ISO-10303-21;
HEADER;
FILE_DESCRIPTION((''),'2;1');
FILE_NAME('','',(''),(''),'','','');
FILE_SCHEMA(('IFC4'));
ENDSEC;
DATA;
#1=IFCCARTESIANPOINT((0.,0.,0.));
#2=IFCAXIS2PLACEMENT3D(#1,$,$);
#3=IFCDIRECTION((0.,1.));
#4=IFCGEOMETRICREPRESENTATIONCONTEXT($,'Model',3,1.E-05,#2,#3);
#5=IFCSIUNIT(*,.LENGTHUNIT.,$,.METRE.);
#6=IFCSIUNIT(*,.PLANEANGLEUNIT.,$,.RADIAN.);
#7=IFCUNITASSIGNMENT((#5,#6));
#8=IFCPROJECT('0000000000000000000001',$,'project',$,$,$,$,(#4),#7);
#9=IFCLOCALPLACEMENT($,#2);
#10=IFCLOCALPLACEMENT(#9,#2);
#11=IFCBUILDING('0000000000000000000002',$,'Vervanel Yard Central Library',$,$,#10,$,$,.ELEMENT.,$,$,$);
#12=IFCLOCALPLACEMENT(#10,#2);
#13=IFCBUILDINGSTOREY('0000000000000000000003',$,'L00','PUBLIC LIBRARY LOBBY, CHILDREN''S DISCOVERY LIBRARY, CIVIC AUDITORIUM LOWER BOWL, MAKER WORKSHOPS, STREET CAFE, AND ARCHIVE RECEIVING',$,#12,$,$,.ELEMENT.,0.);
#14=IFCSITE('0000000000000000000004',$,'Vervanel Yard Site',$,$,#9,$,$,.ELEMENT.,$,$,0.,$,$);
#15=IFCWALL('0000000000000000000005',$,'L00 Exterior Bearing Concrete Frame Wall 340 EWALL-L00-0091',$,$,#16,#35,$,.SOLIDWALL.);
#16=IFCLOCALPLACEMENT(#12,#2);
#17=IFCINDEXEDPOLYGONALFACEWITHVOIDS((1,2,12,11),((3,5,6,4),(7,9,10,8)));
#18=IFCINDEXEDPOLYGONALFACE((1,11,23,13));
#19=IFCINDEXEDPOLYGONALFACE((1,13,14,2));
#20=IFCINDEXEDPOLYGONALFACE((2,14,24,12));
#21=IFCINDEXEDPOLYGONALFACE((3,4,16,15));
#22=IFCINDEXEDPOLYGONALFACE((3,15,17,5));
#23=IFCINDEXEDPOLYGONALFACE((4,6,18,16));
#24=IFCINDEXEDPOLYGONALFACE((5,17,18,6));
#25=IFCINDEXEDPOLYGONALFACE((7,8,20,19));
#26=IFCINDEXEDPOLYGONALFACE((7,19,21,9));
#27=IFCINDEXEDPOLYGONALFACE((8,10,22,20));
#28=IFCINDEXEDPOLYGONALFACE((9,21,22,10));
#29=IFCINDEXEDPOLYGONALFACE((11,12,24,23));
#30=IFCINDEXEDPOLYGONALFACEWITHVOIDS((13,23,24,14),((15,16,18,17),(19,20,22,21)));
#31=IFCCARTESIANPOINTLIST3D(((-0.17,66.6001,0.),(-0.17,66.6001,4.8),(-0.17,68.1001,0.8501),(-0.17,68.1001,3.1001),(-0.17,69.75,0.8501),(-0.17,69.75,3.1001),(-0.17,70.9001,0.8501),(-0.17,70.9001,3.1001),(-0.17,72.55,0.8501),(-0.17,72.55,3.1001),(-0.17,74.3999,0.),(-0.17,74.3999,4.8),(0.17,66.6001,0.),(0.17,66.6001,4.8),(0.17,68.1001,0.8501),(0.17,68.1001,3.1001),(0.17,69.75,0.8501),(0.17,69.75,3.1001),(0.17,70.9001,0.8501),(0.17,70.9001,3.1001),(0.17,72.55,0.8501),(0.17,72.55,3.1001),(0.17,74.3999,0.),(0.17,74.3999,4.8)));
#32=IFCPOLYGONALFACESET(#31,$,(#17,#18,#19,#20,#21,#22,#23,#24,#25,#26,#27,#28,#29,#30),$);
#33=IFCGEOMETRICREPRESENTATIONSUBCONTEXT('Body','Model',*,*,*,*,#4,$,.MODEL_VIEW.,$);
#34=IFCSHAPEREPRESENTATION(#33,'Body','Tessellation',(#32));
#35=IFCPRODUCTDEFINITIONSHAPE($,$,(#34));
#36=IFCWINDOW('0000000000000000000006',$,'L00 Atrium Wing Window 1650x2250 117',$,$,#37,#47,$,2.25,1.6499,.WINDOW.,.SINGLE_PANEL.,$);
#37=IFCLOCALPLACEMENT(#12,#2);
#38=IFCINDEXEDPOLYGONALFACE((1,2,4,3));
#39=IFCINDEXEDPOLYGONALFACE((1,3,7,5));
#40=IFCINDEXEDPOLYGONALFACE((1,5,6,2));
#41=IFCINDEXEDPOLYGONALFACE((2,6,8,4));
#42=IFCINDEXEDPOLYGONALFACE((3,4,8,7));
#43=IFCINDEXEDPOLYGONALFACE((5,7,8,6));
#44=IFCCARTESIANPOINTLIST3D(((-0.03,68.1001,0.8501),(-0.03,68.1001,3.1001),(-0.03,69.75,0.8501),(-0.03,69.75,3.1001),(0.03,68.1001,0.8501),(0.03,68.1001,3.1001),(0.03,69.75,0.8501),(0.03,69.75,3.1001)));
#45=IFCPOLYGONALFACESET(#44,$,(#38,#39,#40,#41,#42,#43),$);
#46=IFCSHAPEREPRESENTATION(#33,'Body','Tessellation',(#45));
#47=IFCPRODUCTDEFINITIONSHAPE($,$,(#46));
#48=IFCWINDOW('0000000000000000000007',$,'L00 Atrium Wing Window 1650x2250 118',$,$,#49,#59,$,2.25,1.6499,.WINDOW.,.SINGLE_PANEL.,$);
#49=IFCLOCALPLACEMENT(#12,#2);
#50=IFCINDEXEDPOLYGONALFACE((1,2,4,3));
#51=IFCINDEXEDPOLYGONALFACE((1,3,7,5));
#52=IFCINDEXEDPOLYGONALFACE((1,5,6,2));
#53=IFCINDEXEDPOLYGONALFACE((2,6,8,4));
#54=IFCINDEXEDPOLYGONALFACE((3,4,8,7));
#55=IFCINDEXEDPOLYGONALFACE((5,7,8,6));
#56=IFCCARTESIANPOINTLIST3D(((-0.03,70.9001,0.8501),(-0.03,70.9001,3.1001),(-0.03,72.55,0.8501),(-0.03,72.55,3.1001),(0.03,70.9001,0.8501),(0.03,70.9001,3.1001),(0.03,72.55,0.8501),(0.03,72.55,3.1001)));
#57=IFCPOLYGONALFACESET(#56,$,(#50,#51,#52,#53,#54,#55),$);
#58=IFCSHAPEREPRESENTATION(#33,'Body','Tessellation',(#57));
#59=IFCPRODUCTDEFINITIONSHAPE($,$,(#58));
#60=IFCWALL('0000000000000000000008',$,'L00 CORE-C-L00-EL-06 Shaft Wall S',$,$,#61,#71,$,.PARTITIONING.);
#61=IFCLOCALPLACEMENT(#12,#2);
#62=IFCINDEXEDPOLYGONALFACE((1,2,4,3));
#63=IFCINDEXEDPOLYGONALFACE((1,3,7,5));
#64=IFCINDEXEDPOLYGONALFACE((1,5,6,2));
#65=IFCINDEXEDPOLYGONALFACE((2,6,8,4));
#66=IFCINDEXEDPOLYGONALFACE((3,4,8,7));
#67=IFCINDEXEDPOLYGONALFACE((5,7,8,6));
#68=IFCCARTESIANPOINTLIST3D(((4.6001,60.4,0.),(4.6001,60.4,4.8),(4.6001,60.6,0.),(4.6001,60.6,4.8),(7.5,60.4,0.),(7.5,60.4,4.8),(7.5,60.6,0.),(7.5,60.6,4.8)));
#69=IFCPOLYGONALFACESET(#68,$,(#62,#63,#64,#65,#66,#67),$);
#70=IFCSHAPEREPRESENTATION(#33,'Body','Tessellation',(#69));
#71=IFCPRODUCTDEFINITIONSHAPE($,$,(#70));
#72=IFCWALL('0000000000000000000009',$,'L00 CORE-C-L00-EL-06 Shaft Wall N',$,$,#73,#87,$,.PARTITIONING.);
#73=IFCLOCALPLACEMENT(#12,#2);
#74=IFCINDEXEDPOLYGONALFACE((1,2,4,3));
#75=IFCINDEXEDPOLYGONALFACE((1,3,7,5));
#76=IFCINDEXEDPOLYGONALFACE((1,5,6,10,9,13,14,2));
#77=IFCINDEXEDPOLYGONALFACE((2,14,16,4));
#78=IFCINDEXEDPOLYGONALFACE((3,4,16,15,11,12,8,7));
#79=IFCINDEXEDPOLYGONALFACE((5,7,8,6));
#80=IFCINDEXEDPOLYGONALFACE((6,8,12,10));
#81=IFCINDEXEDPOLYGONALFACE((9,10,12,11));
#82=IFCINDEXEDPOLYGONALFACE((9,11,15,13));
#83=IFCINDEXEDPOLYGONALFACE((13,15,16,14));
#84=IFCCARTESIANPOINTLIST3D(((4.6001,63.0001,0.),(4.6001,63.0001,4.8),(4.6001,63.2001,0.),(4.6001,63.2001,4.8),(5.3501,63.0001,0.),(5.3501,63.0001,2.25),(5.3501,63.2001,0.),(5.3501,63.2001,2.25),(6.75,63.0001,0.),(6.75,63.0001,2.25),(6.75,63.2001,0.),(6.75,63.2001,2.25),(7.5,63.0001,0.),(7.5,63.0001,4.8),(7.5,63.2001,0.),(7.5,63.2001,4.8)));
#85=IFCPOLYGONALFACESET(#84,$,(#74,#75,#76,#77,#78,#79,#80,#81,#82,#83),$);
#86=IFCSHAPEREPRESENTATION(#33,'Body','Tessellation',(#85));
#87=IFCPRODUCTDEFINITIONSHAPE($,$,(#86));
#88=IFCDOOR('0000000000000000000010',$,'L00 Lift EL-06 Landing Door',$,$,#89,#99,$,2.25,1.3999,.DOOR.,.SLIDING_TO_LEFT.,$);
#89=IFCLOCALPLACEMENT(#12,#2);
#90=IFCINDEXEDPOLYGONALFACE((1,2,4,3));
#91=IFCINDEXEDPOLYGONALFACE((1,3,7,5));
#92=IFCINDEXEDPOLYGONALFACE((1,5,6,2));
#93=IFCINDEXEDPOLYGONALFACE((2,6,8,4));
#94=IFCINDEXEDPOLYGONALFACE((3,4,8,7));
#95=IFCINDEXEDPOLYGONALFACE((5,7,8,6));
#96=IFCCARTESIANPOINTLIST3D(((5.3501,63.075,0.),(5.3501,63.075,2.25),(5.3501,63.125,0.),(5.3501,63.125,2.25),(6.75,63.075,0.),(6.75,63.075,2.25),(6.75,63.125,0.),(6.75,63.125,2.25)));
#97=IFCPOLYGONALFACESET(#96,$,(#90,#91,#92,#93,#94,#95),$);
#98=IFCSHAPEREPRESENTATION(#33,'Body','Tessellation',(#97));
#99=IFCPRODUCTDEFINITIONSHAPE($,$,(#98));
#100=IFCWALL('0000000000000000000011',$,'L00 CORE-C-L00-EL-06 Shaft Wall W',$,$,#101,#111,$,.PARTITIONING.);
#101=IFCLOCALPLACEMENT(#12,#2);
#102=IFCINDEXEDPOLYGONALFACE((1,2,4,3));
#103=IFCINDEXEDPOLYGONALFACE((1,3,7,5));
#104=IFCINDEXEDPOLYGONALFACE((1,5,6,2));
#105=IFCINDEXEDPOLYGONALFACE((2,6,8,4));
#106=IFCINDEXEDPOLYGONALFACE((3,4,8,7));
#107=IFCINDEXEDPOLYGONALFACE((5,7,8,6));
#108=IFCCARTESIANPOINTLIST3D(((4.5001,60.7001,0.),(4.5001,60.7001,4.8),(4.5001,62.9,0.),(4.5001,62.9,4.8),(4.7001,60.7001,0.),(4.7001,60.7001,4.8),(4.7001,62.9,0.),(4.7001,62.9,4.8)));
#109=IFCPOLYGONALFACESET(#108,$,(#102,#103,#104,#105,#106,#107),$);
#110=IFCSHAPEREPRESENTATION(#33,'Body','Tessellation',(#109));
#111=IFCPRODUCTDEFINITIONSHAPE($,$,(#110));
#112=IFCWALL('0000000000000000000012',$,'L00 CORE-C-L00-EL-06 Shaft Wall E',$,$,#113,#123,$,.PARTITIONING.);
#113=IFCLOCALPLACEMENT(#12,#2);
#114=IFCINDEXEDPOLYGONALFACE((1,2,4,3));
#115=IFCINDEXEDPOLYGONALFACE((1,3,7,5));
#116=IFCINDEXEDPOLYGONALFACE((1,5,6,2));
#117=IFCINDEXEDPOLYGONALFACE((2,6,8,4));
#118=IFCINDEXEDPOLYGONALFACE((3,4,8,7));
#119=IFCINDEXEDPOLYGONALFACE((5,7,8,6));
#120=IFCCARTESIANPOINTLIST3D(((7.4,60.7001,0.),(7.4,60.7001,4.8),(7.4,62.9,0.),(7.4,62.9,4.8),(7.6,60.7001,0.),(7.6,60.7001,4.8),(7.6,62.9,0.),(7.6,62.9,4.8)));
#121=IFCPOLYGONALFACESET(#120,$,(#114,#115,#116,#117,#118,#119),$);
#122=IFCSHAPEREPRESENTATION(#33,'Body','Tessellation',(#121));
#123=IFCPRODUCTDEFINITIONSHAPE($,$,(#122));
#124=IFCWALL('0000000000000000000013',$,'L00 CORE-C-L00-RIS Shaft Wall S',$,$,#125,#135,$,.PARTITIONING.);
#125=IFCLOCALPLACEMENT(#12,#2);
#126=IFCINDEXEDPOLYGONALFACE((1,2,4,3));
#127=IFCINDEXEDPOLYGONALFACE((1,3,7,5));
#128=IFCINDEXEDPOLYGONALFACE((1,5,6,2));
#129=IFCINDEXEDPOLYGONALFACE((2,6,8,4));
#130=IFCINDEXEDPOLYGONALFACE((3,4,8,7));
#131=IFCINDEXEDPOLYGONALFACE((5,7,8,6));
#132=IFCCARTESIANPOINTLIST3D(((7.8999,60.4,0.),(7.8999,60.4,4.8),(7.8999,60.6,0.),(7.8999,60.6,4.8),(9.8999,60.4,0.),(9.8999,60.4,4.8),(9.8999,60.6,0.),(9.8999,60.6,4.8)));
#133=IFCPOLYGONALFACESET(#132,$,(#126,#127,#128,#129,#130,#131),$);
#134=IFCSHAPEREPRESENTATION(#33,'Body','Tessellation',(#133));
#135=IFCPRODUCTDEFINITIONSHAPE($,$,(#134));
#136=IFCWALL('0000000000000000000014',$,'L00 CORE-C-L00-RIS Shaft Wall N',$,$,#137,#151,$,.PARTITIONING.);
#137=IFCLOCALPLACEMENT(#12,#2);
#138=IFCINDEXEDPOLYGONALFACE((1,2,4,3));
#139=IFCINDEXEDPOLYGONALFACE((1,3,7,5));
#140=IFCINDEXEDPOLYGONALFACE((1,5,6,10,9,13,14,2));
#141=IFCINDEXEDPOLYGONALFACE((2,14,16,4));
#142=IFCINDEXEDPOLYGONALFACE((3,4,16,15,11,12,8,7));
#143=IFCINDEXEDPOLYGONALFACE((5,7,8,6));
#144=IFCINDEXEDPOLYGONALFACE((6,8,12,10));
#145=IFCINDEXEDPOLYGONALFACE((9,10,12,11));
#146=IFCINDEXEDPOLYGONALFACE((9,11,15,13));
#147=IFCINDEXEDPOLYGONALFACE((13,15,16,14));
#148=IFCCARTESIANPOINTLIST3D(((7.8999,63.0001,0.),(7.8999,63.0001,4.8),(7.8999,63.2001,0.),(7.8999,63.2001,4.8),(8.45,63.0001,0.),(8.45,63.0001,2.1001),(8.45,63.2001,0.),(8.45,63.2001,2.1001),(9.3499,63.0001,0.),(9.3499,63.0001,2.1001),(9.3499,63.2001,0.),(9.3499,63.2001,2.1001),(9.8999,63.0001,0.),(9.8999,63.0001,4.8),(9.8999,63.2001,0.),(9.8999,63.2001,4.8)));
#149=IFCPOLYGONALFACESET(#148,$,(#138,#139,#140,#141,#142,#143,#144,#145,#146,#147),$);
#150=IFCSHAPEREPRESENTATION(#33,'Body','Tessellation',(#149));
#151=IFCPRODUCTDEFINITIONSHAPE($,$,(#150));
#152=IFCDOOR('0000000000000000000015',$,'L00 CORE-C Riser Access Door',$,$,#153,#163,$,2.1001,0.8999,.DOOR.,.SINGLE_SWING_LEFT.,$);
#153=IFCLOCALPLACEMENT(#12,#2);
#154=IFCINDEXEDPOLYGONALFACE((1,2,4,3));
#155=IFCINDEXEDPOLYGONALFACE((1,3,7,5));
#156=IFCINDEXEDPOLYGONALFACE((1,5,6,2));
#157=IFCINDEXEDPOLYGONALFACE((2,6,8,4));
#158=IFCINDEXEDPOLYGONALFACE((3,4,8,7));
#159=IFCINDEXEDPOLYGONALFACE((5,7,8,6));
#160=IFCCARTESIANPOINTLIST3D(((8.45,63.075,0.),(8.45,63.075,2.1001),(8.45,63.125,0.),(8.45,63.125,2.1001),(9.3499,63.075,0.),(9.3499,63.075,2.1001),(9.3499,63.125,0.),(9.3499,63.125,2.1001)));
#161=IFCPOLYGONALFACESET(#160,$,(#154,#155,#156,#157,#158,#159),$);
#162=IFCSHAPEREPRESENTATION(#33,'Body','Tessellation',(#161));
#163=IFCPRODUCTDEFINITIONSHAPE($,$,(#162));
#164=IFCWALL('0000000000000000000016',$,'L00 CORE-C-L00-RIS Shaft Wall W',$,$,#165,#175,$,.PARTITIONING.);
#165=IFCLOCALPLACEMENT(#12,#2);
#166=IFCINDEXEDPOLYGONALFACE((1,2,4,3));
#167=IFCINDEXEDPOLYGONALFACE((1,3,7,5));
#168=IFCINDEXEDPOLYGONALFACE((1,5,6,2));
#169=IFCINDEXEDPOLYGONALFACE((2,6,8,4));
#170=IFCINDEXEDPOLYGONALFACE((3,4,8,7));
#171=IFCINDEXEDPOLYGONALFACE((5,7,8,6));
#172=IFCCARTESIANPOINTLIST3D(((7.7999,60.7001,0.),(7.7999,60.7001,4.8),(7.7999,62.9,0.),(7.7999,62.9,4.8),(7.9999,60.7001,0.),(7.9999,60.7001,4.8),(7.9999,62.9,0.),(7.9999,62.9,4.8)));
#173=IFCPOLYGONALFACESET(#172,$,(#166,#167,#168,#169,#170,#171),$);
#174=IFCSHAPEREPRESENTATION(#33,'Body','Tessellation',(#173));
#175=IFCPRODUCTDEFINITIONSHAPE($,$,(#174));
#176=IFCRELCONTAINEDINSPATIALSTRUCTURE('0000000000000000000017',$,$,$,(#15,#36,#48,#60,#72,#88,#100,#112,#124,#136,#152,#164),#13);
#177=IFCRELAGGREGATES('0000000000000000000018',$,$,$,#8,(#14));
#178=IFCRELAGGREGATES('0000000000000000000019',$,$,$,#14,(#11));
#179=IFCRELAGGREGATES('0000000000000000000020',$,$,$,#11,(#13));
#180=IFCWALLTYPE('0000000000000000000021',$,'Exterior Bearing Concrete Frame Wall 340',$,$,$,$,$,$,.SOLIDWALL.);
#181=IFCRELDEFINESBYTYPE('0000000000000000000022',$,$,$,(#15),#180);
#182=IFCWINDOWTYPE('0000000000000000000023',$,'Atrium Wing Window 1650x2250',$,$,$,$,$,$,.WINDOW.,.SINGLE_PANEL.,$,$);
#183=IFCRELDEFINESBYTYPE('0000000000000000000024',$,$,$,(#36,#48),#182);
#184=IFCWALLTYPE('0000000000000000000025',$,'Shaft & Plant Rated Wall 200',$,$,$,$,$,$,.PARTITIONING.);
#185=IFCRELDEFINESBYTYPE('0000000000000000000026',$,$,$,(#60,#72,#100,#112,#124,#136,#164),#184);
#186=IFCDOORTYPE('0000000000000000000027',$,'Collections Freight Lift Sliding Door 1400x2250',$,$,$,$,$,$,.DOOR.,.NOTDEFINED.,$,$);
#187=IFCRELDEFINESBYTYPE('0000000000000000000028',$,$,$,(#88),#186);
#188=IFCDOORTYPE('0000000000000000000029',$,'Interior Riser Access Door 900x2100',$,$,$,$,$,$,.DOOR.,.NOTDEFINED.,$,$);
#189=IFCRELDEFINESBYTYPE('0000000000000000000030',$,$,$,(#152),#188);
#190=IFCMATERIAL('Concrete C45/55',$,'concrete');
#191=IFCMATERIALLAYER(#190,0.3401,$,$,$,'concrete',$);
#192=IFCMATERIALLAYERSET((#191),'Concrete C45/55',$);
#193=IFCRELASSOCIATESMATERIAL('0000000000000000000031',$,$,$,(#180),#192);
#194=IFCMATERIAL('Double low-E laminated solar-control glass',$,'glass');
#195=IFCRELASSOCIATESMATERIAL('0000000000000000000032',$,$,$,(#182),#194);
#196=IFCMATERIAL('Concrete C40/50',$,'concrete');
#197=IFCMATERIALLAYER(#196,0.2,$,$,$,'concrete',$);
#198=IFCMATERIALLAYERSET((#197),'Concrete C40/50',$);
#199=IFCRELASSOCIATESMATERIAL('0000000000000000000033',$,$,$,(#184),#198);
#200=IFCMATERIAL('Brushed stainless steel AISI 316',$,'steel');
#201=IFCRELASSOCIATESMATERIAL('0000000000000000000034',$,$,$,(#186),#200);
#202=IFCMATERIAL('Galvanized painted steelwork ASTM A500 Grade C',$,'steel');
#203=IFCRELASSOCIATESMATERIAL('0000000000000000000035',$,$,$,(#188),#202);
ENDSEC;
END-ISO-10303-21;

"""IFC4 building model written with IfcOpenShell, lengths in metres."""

from ifc_helpers import new_model, si_unit, direction, frame, frame_2d, origin, place, context, subcontext, project, spatial, rectangle, extrude, material, layer, layer_set, type_object, element, fill, save


model = new_model("IFC4")

# Units and contexts
model_context = context("Model", 3, precision=1e-05, world=origin(), true_north=direction((0.0, 1.0)))
body_context = subcontext(model_context, "Body", "Model", "MODEL_VIEW")
ifc_project = project(units=[si_unit("LENGTHUNIT", "METRE"), si_unit("PLANEANGLEUNIT", "RADIAN")], contexts=[model_context])

# Site, building, storey
site_placement = place(None, origin())
site = spatial("IfcSite", under=ifc_project, at=site_placement, Name="Vervanel Yard Site", CompositionType="ELEMENT", RefElevation=0.0)
building_placement = place(site_placement, origin())
building = spatial("IfcBuilding", under=site, at=building_placement, Name="Vervanel Yard Central Library", CompositionType="ELEMENT")
storey_placement = place(building_placement, origin())
storey = spatial("IfcBuildingStorey", under=building, at=storey_placement, Name="L00", Description="PUBLIC LIBRARY LOBBY, CHILDREN'S DISCOVERY LIBRARY, CIVIC AUDITORIUM LOWER BOWL, MAKER WORKSHOPS, STREET CAFE, AND ARCHIVE RECEIVING", CompositionType="ELEMENT", Elevation=0.0)

# Shared definitions
ifc_material_1 = material(Name="Concrete C40/50", Category="concrete")

# Shared definitions
ifc_material_2 = material(Name="Concrete C45/55", Category="concrete")

# Wall, openings, windows
ifc_layer_1 = layer(ifc_material_2, 0.3401, Category="concrete")
ifc_layer_set_1 = layer_set([ifc_layer_1], Name="Concrete C45/55")
wall_type_1 = type_object("IfcWallType", Name="Exterior Bearing Concrete Frame Wall 340", PredefinedType="SOLIDWALL", material=ifc_layer_set_1)
wall_1_placement = place(storey_placement, frame((0.0, 66.6001, 0.0), z_axis=(0.0, 0.0, 1.0), x_axis=(0.0, 1.0, 0.0)))
wall_1 = element("IfcWall", 1, at=wall_1_placement, inside=storey, type_object=wall_type_1, Name="L00 Exterior Bearing Concrete Frame Wall 340 EWALL-L00-0091", PredefinedType="SOLIDWALL", context=body_context, shape_type="SweptSolid", body=[
    extrude(rectangle(XDim=7.7998, YDim=0.3401, at=frame_2d((3.8999, 0.0))), origin(), (0.0, 0.0, 1.0), 4.8),
])
opening_1_placement = place(wall_1_placement, frame((1.5, 0.0, 0.8501)))
opening_1 = element("IfcOpeningElement", 2, at=opening_1_placement, cuts=wall_1, PredefinedType="OPENING", context=body_context, shape_type="SweptSolid", body=[
    extrude(rectangle(XDim=1.6499, YDim=2.25, at=frame_2d((0.825, 1.125))), frame((0.0, 0.1799, 0.0), z_axis=(0.0, -1.0, 0.0), x_axis=(1.0, 0.0, 0.0)), (0.0, 0.0, 1.0), 0.3601),
])
opening_2_placement = place(wall_1_placement, frame((4.3, 0.0, 0.8501)))
opening_2 = element("IfcOpeningElement", 3, at=opening_2_placement, cuts=wall_1, PredefinedType="OPENING", context=body_context, shape_type="SweptSolid", body=[
    extrude(rectangle(XDim=1.6499, YDim=2.25, at=frame_2d((0.825, 1.125))), frame((0.0, 0.1799, 0.0), z_axis=(0.0, -1.0, 0.0), x_axis=(1.0, 0.0, 0.0)), (0.0, 0.0, 1.0), 0.3601),
])
ifc_material_3 = material(Name="Double low-E laminated solar-control glass", Category="glass")
window_type = type_object("IfcWindowType", Name="Atrium Wing Window 1650x2250", PartitioningType="SINGLE_PANEL", PredefinedType="WINDOW", material=ifc_material_3)
window_1_placement = place(opening_1_placement, origin())
window_1 = element("IfcWindow", 4, at=window_1_placement, inside=storey, type_object=window_type, Name="L00 Atrium Wing Window 1650x2250 117", OverallHeight=2.25, OverallWidth=1.6499, PartitioningType="SINGLE_PANEL", PredefinedType="WINDOW", context=body_context, shape_type="SweptSolid", body=[
    extrude(rectangle(XDim=1.6499, YDim=2.25, at=frame_2d((0.825, 1.125))), frame((0.0, 0.03, 0.0), z_axis=(0.0, -1.0, 0.0), x_axis=(1.0, 0.0, 0.0)), (0.0, 0.0, 1.0), 0.0601),
])
fill(opening_1, window_1)
window_2_placement = place(opening_2_placement, origin())
window_2 = element("IfcWindow", 5, at=window_2_placement, inside=storey, type_object=window_type, Name="L00 Atrium Wing Window 1650x2250 118", OverallHeight=2.25, OverallWidth=1.6499, PartitioningType="SINGLE_PANEL", PredefinedType="WINDOW", context=body_context, shape_type="SweptSolid", body=[
    extrude(rectangle(XDim=1.6499, YDim=2.25, at=frame_2d((0.825, 1.125))), frame((0.0, 0.03, 0.0), z_axis=(0.0, -1.0, 0.0), x_axis=(1.0, 0.0, 0.0)), (0.0, 0.0, 1.0), 0.0601),
])
fill(opening_2, window_2)

# Wall
ifc_layer_2 = layer(ifc_material_1, 0.2, Category="concrete")
ifc_layer_set_2 = layer_set([ifc_layer_2], Name="Concrete C40/50")
wall_type_2 = type_object("IfcWallType", Name="Shaft & Plant Rated Wall 200", PredefinedType="PARTITIONING", material=ifc_layer_set_2)
wall_2_placement = place(storey_placement, frame((4.6001, 60.5, 0.0), z_axis=(0.0, 0.0, 1.0), x_axis=(1.0, 0.0, 0.0)))
element("IfcWall", 6, at=wall_2_placement, inside=storey, type_object=wall_type_2, Name="L00 CORE-C-L00-EL-06 Shaft Wall S", PredefinedType="PARTITIONING", context=body_context, shape_type="SweptSolid", body=[
    extrude(rectangle(XDim=2.8999, YDim=0.2, at=frame_2d((1.45, 0.0))), origin(), (0.0, 0.0, 1.0), 4.8),
])

# Wall, opening, door
wall_3_placement = place(storey_placement, frame((4.6001, 63.1001, 0.0), z_axis=(0.0, 0.0, 1.0), x_axis=(1.0, 0.0, 0.0)))
wall_3 = element("IfcWall", 7, at=wall_3_placement, inside=storey, type_object=wall_type_2, Name="L00 CORE-C-L00-EL-06 Shaft Wall N", PredefinedType="PARTITIONING", context=body_context, shape_type="SweptSolid", body=[
    extrude(rectangle(XDim=2.8999, YDim=0.2, at=frame_2d((1.45, 0.0))), origin(), (0.0, 0.0, 1.0), 4.8),
])
opening_3_placement = place(wall_3_placement, frame((0.75, 0.0, 0.0)))
opening_3 = element("IfcOpeningElement", 8, at=opening_3_placement, cuts=wall_3, PredefinedType="OPENING", context=body_context, shape_type="SweptSolid", body=[
    extrude(rectangle(XDim=1.3999, YDim=2.25, at=frame_2d((0.7, 1.125))), frame((0.0, 0.1099, 0.0), z_axis=(0.0, -1.0, 0.0), x_axis=(1.0, 0.0, 0.0)), (0.0, 0.0, 1.0), 0.22),
])
ifc_material_4 = material(Name="Brushed stainless steel AISI 316", Category="steel")
door_type_1 = type_object("IfcDoorType", Name="Collections Freight Lift Sliding Door 1400x2250", OperationType="NOTDEFINED", PredefinedType="DOOR", material=ifc_material_4)
door_1_placement = place(opening_3_placement, origin())
door_1 = element("IfcDoor", 9, at=door_1_placement, inside=storey, type_object=door_type_1, Name="L00 Lift EL-06 Landing Door", OperationType="SLIDING_TO_LEFT", OverallHeight=2.25, OverallWidth=1.3999, PredefinedType="DOOR", context=body_context, shape_type="SweptSolid", body=[
    extrude(rectangle(XDim=1.3999, YDim=2.25, at=frame_2d((0.7, 1.125))), frame((0.0, 0.0249, 0.0), z_axis=(0.0, -1.0, 0.0), x_axis=(1.0, 0.0, 0.0)), (0.0, 0.0, 1.0), 0.05),
])
fill(opening_3, door_1)

# Walls
for number, where, z_axis, x_axis, name in (
    (10, (4.6001, 60.7, 0.0), (0.0, 0.0, 1.0), (0.0, 1.0, 0.0), "L00 CORE-C-L00-EL-06 Shaft Wall W"),
    (11, (7.5, 60.7, 0.0), (0.0, 0.0, 1.0), (0.0, 1.0, 0.0), "L00 CORE-C-L00-EL-06 Shaft Wall E"),
):
    element("IfcWall", number, at=place(storey_placement, frame(where, z_axis=z_axis, x_axis=x_axis)), inside=storey, type_object=wall_type_2, Name=name, PredefinedType="PARTITIONING", context=body_context, shape_type="SweptSolid", body=[
        extrude(rectangle(XDim=2.2, YDim=0.2, at=frame_2d((1.1001, 0.0))), origin(), (0.0, 0.0, 1.0), 4.8),
    ])
wall_4_placement = place(storey_placement, frame((7.8999, 60.5, 0.0), z_axis=(0.0, 0.0, 1.0), x_axis=(1.0, 0.0, 0.0)))
element("IfcWall", 12, at=wall_4_placement, inside=storey, type_object=wall_type_2, Name="L00 CORE-C-L00-RIS Shaft Wall S", PredefinedType="PARTITIONING", context=body_context, shape_type="SweptSolid", body=[
    extrude(rectangle(XDim=2.0, YDim=0.2, at=frame_2d((1.0, 0.0))), origin(), (0.0, 0.0, 1.0), 4.8),
])

# Wall, opening, door
wall_5_placement = place(storey_placement, frame((7.8999, 63.1001, 0.0), z_axis=(0.0, 0.0, 1.0), x_axis=(1.0, 0.0, 0.0)))
wall_5 = element("IfcWall", 13, at=wall_5_placement, inside=storey, type_object=wall_type_2, Name="L00 CORE-C-L00-RIS Shaft Wall N", PredefinedType="PARTITIONING", context=body_context, shape_type="SweptSolid", body=[
    extrude(rectangle(XDim=2.0, YDim=0.2, at=frame_2d((1.0, 0.0))), origin(), (0.0, 0.0, 1.0), 4.8),
])
opening_4_placement = place(wall_5_placement, frame((0.55, 0.0, 0.0)))
opening_4 = element("IfcOpeningElement", 14, at=opening_4_placement, cuts=wall_5, PredefinedType="OPENING", context=body_context, shape_type="SweptSolid", body=[
    extrude(rectangle(XDim=0.8999, YDim=2.1001, at=frame_2d((0.45, 1.05))), frame((0.0, 0.1099, 0.0), z_axis=(0.0, -1.0, 0.0), x_axis=(1.0, 0.0, 0.0)), (0.0, 0.0, 1.0), 0.22),
])
ifc_material_5 = material(Name="Galvanized painted steelwork ASTM A500 Grade C", Category="steel")
door_type_2 = type_object("IfcDoorType", Name="Interior Riser Access Door 900x2100", OperationType="NOTDEFINED", PredefinedType="DOOR", material=ifc_material_5)
door_2_placement = place(opening_4_placement, origin())
door_2 = element("IfcDoor", 15, at=door_2_placement, inside=storey, type_object=door_type_2, Name="L00 CORE-C Riser Access Door", OperationType="SINGLE_SWING_LEFT", OverallHeight=2.1001, OverallWidth=0.8999, PredefinedType="DOOR", context=body_context, shape_type="SweptSolid", body=[
    extrude(rectangle(XDim=0.8999, YDim=2.1001, at=frame_2d((0.45, 1.05))), frame((0.0, 0.0249, 0.0), z_axis=(0.0, -1.0, 0.0), x_axis=(1.0, 0.0, 0.0)), (0.0, 0.0, 1.0), 0.05),
])
fill(opening_4, door_2)

# Wall
wall_6_placement = place(storey_placement, frame((7.8999, 60.7, 0.0), z_axis=(0.0, 0.0, 1.0), x_axis=(0.0, 1.0, 0.0)))
element("IfcWall", 16, at=wall_6_placement, inside=storey, type_object=wall_type_2, Name="L00 CORE-C-L00-RIS Shaft Wall W", PredefinedType="PARTITIONING", context=body_context, shape_type="SweptSolid", body=[
    extrude(rectangle(XDim=2.2, YDim=0.2, at=frame_2d((1.1001, 0.0))), origin(), (0.0, 0.0, 1.0), 4.8),
])

save(model, "model.ifc")
